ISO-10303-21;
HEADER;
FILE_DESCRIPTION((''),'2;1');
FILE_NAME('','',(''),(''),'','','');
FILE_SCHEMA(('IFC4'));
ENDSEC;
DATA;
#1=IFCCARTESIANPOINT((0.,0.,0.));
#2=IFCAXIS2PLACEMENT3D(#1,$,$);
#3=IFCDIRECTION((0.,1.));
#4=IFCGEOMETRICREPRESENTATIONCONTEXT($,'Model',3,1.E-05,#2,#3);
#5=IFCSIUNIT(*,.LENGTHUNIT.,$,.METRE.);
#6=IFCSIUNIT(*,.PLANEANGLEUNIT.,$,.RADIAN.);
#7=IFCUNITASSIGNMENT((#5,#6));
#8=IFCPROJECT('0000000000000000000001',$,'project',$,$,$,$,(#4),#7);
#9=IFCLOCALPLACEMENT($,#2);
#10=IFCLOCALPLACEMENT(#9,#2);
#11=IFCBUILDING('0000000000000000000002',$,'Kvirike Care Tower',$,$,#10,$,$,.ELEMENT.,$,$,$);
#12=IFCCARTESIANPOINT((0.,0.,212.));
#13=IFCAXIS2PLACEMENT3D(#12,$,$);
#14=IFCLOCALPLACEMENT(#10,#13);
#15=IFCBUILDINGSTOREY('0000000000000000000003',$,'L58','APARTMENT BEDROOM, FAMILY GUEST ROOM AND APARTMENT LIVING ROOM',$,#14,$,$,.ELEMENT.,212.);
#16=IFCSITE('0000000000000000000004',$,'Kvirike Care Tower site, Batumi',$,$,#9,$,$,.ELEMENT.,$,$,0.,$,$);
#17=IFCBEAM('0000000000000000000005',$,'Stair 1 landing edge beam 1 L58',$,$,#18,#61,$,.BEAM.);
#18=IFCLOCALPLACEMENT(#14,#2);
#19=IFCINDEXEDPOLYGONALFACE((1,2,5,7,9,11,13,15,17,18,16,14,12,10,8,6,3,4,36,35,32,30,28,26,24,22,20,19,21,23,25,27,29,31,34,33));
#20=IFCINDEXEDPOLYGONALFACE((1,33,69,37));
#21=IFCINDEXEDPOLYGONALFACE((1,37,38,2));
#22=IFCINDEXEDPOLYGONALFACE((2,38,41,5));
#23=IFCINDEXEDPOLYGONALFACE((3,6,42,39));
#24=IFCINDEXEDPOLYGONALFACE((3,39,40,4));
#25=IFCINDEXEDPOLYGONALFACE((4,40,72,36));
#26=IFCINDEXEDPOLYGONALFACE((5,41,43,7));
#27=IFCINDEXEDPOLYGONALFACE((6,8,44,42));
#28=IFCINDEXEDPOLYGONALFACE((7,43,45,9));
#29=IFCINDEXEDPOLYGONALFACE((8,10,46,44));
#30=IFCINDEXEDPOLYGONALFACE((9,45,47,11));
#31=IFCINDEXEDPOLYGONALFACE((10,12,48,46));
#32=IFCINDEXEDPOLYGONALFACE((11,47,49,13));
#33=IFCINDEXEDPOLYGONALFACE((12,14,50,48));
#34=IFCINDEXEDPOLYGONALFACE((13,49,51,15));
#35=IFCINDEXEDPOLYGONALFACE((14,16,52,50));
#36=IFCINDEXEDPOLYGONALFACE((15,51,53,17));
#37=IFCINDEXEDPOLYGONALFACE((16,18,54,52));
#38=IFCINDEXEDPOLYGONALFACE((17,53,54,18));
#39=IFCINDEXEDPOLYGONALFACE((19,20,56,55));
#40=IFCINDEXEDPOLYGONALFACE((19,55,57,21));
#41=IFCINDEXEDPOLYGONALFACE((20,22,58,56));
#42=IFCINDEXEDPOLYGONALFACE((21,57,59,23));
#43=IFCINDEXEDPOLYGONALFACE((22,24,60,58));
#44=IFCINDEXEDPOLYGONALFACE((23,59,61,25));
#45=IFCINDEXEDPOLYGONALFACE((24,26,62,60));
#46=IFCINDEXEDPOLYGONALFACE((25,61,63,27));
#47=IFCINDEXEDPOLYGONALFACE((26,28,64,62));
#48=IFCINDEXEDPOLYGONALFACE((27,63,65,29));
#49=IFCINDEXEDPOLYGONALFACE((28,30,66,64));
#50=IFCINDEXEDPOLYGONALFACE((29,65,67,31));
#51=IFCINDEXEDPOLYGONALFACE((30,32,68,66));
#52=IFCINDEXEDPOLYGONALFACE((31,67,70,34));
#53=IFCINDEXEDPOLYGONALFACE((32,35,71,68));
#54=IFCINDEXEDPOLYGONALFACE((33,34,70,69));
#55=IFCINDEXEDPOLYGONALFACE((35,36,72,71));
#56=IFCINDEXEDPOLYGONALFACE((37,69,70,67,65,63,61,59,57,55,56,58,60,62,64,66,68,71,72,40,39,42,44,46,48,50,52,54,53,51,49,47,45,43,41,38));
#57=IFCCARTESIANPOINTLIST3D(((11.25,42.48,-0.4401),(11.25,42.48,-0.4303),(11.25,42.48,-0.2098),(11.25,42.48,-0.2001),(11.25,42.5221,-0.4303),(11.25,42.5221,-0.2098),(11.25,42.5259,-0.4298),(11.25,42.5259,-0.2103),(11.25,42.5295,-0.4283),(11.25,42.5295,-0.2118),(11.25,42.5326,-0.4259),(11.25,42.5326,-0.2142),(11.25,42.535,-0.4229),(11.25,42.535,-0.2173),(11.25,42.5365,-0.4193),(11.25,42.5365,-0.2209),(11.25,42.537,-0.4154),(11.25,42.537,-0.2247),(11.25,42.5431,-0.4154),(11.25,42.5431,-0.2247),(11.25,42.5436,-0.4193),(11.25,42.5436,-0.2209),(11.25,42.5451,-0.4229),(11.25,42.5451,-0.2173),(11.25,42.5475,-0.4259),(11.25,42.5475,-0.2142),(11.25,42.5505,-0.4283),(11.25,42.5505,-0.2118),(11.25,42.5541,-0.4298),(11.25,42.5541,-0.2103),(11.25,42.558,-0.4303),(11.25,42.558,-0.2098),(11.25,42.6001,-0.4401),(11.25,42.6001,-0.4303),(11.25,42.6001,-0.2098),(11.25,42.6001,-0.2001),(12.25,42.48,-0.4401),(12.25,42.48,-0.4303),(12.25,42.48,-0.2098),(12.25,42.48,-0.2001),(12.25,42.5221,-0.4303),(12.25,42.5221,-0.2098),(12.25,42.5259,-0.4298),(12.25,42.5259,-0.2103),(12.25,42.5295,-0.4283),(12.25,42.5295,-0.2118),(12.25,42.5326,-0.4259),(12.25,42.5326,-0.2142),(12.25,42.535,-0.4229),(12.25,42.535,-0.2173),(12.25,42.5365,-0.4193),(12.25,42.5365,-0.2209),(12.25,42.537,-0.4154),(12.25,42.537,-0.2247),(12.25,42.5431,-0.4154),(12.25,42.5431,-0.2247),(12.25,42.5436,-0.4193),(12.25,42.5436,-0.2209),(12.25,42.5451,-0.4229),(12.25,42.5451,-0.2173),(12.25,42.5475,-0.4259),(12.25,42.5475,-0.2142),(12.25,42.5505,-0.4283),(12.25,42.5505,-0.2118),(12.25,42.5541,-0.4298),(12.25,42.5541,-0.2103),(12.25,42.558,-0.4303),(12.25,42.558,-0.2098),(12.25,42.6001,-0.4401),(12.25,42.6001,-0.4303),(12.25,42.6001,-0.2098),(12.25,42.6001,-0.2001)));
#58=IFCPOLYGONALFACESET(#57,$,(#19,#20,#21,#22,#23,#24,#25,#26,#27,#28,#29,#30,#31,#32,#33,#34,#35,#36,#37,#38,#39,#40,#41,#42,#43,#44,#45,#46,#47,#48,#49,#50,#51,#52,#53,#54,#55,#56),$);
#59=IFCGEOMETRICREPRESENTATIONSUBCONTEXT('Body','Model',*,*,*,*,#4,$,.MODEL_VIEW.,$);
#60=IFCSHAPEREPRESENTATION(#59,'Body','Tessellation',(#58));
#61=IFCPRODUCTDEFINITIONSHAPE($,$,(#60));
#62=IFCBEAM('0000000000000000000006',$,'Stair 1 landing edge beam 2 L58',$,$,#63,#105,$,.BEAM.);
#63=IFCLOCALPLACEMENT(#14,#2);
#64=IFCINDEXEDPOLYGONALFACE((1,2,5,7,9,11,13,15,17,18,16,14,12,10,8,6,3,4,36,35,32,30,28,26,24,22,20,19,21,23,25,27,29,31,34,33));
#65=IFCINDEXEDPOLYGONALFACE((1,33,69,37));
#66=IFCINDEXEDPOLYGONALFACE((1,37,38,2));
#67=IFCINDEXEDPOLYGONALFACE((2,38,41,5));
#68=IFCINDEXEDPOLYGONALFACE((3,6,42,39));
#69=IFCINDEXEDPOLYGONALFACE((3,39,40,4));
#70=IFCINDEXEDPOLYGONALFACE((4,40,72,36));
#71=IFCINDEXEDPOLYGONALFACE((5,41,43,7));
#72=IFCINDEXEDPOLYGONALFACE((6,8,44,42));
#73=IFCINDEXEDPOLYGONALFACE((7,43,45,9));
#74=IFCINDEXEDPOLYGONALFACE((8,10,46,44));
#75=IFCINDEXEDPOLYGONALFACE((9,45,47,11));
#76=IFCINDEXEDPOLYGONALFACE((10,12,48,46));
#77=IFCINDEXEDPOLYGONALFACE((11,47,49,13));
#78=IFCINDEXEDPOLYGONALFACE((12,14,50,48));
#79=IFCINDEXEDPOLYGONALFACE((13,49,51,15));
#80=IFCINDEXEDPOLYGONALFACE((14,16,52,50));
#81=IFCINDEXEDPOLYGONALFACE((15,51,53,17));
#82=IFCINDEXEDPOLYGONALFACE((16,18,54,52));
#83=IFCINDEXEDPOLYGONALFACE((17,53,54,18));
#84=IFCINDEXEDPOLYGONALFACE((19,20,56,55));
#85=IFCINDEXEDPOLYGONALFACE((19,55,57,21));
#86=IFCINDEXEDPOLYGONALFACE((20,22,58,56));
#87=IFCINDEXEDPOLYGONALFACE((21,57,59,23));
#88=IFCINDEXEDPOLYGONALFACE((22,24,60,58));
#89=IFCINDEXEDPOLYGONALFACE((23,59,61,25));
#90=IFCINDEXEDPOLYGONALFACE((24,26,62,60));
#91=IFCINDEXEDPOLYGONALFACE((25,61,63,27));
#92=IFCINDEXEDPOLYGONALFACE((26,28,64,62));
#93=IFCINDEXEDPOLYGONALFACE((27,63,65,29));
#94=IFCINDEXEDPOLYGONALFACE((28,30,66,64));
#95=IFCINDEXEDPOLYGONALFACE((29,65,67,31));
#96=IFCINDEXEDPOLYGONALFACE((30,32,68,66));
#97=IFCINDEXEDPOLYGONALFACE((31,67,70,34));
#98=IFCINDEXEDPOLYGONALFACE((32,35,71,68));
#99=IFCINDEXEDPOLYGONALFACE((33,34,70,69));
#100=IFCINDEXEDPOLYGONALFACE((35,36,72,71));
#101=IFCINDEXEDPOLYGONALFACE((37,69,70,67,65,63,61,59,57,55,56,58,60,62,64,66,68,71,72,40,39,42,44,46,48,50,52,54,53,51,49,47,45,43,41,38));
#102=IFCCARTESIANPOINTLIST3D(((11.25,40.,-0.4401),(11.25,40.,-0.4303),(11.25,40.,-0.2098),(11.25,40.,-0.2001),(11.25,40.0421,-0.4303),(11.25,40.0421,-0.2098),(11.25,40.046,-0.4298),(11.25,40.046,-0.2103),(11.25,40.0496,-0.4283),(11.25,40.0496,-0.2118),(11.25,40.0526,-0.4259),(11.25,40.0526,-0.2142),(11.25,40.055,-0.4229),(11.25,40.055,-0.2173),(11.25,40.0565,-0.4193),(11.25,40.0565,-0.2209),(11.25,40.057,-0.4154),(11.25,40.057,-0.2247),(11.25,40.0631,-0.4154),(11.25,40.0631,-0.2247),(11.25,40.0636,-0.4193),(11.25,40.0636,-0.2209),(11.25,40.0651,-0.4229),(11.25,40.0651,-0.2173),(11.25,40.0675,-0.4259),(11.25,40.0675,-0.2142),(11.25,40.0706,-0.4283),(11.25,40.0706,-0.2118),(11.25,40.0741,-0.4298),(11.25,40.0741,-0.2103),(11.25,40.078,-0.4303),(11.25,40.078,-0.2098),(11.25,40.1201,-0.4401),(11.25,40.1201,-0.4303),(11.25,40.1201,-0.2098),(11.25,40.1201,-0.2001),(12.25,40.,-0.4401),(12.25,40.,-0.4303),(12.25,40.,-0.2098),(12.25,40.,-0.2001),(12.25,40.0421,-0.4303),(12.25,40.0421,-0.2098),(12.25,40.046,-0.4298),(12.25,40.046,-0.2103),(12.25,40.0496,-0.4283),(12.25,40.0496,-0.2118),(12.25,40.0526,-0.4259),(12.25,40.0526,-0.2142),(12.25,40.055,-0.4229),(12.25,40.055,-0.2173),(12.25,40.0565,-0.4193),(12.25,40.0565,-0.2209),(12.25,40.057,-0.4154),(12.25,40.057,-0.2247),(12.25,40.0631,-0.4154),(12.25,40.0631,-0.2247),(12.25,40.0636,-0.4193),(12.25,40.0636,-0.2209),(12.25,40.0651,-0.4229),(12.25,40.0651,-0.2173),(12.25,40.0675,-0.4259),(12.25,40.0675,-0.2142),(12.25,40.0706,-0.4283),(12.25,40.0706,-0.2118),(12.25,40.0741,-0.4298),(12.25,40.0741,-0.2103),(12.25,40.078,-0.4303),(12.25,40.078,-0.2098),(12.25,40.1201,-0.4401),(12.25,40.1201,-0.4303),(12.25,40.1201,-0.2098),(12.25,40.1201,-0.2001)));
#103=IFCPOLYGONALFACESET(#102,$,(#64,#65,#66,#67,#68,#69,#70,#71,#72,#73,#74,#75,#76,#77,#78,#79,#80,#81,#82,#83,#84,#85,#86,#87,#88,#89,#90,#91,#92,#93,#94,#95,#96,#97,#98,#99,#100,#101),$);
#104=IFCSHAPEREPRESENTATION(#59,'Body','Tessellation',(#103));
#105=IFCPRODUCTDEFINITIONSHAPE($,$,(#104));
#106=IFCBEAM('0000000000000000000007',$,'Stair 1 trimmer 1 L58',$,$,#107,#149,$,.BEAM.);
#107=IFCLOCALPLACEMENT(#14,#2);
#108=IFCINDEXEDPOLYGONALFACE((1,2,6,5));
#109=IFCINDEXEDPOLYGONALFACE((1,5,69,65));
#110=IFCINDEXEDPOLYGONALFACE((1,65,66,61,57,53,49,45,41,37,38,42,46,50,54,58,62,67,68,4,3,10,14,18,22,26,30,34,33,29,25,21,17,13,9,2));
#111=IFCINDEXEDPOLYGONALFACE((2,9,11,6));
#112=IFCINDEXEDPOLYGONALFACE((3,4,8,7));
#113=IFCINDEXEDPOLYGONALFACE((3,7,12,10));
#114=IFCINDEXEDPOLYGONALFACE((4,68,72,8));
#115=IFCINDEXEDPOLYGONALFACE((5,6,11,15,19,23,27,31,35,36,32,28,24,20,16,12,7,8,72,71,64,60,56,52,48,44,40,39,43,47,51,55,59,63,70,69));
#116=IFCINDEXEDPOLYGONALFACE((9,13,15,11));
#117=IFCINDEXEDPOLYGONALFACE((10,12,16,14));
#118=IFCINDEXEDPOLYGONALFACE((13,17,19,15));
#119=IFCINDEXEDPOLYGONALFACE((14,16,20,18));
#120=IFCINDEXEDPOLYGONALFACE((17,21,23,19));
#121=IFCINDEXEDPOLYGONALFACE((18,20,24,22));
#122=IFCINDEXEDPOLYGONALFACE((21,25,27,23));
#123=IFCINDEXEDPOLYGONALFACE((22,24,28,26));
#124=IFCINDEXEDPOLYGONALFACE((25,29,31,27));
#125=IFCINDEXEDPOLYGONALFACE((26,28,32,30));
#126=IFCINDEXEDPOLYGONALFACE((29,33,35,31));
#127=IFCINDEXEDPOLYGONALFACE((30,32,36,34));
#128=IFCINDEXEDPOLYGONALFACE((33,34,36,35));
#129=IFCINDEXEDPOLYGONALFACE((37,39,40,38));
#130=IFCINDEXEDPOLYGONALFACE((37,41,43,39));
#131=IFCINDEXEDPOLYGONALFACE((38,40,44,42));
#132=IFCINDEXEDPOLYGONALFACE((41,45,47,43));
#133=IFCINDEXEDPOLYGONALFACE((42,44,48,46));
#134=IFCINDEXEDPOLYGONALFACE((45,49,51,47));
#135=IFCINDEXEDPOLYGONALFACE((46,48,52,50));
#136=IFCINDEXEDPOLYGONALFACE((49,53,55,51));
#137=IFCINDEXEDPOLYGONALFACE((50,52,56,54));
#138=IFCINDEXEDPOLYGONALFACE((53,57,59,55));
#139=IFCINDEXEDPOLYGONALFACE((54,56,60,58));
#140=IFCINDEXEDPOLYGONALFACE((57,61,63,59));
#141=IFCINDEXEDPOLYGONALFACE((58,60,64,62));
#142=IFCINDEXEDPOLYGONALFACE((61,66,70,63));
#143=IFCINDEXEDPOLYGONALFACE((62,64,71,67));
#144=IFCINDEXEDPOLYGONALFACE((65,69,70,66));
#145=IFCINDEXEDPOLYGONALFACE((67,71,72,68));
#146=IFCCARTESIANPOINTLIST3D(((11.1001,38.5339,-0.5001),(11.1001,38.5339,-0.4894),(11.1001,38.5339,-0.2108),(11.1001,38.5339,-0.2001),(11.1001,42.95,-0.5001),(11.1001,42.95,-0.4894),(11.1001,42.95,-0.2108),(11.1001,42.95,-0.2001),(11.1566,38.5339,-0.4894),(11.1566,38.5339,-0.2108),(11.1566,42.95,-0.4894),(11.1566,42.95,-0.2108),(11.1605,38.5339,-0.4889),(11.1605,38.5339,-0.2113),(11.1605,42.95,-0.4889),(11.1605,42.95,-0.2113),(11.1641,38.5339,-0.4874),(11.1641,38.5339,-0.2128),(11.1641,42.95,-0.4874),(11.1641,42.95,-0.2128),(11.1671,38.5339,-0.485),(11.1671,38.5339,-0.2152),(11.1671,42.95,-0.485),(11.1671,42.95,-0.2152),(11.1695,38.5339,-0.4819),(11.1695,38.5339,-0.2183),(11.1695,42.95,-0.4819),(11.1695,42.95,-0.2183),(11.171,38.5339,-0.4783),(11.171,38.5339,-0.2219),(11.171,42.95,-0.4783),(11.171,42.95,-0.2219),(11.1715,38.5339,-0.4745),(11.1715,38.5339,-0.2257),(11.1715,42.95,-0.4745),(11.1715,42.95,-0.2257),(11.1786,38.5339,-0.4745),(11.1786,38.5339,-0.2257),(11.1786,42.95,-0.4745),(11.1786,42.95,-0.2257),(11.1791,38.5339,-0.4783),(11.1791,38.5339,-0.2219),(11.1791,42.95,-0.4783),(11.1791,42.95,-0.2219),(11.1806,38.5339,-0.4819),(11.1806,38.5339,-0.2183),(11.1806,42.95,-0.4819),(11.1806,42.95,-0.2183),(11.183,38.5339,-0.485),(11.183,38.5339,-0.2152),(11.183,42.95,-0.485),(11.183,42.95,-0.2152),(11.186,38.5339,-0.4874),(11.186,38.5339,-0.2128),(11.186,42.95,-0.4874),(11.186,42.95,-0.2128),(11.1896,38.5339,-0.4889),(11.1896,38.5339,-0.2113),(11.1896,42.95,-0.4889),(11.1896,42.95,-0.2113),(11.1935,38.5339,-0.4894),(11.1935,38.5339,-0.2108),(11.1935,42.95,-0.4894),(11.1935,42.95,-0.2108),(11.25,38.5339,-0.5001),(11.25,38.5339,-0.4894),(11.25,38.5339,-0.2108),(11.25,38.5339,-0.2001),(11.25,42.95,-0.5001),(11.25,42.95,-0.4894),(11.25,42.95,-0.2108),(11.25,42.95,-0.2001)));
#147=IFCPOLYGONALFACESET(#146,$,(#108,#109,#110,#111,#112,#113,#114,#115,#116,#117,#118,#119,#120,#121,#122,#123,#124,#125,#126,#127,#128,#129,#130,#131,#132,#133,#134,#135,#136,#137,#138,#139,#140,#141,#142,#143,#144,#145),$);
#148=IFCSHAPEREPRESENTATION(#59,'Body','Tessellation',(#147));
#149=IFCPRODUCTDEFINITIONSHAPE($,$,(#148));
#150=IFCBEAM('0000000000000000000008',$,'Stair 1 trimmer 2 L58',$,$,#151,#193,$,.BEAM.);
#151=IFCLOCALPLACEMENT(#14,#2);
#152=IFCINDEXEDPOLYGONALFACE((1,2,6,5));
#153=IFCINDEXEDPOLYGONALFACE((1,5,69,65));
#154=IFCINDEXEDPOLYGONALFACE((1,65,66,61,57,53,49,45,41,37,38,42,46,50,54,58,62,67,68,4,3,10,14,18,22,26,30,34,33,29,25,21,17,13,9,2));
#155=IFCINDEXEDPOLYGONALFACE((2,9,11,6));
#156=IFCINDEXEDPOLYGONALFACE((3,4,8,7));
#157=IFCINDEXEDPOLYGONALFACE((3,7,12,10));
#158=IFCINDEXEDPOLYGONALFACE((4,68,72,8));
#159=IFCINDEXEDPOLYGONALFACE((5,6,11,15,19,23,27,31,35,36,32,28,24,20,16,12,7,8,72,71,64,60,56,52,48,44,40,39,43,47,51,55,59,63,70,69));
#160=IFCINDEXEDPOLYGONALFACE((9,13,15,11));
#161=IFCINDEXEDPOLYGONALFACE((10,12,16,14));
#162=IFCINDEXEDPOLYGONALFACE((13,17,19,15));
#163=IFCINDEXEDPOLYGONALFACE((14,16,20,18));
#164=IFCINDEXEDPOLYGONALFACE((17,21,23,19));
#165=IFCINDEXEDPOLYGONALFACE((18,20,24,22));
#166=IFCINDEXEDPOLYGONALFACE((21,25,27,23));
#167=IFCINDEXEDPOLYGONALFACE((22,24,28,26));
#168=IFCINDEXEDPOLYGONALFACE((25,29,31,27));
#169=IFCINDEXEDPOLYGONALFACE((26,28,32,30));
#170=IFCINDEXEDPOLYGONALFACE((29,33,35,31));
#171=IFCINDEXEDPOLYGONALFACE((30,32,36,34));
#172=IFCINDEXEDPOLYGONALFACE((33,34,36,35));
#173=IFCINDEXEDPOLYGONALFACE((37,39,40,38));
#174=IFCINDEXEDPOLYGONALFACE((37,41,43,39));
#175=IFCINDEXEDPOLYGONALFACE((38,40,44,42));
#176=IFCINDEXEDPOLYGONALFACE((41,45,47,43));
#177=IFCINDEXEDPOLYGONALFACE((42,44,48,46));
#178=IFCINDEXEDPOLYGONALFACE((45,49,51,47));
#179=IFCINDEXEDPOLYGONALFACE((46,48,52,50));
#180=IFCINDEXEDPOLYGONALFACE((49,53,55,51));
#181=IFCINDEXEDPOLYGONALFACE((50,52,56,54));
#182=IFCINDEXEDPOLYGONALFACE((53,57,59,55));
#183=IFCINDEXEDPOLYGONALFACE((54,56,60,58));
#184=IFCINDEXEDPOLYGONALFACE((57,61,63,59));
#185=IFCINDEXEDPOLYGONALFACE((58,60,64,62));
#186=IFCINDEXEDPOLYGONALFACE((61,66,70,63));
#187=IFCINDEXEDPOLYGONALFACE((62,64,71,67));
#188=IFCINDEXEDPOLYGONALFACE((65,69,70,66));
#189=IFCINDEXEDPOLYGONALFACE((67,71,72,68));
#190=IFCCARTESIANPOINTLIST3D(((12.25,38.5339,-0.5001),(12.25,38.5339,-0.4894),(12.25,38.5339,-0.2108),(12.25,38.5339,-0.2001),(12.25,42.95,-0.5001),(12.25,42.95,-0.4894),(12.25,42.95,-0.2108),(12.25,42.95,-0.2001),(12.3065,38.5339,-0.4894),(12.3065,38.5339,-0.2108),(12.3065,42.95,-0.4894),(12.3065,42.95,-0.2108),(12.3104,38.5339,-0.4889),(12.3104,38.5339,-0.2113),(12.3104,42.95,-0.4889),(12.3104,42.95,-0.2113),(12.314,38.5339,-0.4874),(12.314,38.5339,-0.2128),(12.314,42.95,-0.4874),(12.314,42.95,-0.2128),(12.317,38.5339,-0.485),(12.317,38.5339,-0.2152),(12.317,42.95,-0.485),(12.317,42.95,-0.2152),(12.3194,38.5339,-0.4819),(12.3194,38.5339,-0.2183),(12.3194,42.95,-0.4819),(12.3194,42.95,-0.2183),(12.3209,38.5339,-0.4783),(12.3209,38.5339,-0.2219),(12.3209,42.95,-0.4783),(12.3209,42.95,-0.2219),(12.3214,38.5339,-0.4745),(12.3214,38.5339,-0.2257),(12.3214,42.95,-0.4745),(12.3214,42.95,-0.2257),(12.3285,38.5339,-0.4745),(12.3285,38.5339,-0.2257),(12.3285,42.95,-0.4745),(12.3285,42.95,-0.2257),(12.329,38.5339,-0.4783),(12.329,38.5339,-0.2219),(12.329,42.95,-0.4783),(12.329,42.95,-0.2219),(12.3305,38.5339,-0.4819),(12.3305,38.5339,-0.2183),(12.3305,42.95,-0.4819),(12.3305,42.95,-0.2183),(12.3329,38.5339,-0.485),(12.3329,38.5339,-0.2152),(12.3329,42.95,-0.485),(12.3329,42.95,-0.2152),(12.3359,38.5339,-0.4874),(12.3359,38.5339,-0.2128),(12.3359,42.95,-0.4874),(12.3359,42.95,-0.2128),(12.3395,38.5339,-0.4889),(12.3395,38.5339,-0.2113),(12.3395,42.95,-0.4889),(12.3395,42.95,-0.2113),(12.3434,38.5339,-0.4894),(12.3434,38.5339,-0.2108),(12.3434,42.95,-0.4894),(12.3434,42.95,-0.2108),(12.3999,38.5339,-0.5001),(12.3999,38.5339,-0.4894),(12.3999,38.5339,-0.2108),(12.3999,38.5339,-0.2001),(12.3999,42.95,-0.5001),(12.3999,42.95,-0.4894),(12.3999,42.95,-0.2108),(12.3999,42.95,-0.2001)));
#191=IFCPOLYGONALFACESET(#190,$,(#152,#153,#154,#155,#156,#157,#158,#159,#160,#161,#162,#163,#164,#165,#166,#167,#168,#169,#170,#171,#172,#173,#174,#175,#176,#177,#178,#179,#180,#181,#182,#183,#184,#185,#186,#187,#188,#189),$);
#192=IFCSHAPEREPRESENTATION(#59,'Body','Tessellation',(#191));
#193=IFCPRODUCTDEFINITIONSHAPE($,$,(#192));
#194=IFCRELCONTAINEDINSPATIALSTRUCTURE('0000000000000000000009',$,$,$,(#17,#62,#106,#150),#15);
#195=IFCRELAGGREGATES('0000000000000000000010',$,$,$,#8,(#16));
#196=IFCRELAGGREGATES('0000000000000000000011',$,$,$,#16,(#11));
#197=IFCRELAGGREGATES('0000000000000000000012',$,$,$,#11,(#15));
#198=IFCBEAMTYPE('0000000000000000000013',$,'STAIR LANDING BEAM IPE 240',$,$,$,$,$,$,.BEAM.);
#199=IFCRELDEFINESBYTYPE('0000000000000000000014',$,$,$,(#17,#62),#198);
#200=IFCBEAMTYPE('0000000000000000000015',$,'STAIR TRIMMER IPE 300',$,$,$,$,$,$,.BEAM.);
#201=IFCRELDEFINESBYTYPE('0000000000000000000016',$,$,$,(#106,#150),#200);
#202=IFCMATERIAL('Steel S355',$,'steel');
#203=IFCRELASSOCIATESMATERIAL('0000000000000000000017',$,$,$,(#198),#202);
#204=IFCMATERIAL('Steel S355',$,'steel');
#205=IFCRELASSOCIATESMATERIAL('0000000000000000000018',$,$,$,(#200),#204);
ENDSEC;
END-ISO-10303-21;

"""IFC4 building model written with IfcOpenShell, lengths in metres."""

from ifc_helpers import new_model, si_unit, direction, frame, origin, origin_2d, place, context, subcontext, project, spatial, i_section, extrude, material, material_profile, profile_set, type_object, element, save


model = new_model("IFC4")

# Units and contexts
model_context = context("Model", 3, precision=1e-05, world=origin(), true_north=direction((0.0, 1.0)))
body_context = subcontext(model_context, "Body", "Model", "MODEL_VIEW")
ifc_project = project(units=[si_unit("LENGTHUNIT", "METRE"), si_unit("PLANEANGLEUNIT", "RADIAN")], contexts=[model_context])

# Site, building, storey
site_placement = place(None, origin())
site = spatial("IfcSite", under=ifc_project, at=site_placement, Name="Kvirike Care Tower site, Batumi", CompositionType="ELEMENT", RefElevation=0.0)
building_placement = place(site_placement, origin())
building = spatial("IfcBuilding", under=site, at=building_placement, Name="Kvirike Care Tower", CompositionType="ELEMENT")
storey_placement = place(building_placement, frame((0.0, 0.0, 212.0)))
storey = spatial("IfcBuildingStorey", under=building, at=storey_placement, Name="L58", Description="APARTMENT BEDROOM, FAMILY GUEST ROOM AND APARTMENT LIVING ROOM", CompositionType="ELEMENT", Elevation=212.0)

# Beams
ifc_material_1 = material(Name="Steel S355", Category="steel")
ifc_material_profile_1 = material_profile(ifc_material_1, i_section(OverallWidth=0.1201, OverallDepth=0.24, WebThickness=0.0061, FlangeThickness=0.0098, FilletRadius=0.0149, at=origin_2d()), Name="IPE 240")
ifc_profile_set_1 = profile_set([ifc_material_profile_1], Name="Steel S355")
beam_type_1 = type_object("IfcBeamType", Name="STAIR LANDING BEAM IPE 240", PredefinedType="BEAM", material=ifc_profile_set_1)
for number, where, z_axis, x_axis, name in (
    (1, (11.25, 42.54, -0.3201), (1.0, 0.0, 0.0), (0.0, 1.0, 0.0), "Stair 1 landing edge beam 1 L58"),
    (2, (11.25, 40.0601, -0.3201), (1.0, 0.0, 0.0), (0.0, 1.0, 0.0), "Stair 1 landing edge beam 2 L58"),
):
    element("IfcBeam", number, at=place(storey_placement, frame(where, z_axis=z_axis, x_axis=x_axis)), inside=storey, type_object=beam_type_1, Name=name, PredefinedType="BEAM", context=body_context, shape_type="SweptSolid", body=[
        extrude(i_section(OverallWidth=0.1201, OverallDepth=0.24, WebThickness=0.0061, FlangeThickness=0.0098, FilletRadius=0.0149, at=origin_2d()), origin(), (0.0, 0.0, 1.0), 1.0),
    ])
ifc_material_2 = material(Name="Steel S355", Category="steel")
ifc_material_profile_2 = material_profile(ifc_material_2, i_section(OverallWidth=0.1499, OverallDepth=0.3, WebThickness=0.0071, FlangeThickness=0.0107, FilletRadius=0.0149, at=origin_2d()), Name="IPE 300")
ifc_profile_set_2 = profile_set([ifc_material_profile_2], Name="Steel S355")
beam_type_2 = type_object("IfcBeamType", Name="STAIR TRIMMER IPE 300", PredefinedType="BEAM", material=ifc_profile_set_2)
for number, where, z_axis, x_axis, name in (
    (3, (11.175, 42.95, -0.3501), (0.0, -1.0, 0.0), (1.0, 0.0, 0.0), "Stair 1 trimmer 1 L58"),
    (4, (12.325, 42.95, -0.3501), (0.0, -1.0, 0.0), (1.0, 0.0, 0.0), "Stair 1 trimmer 2 L58"),
):
    element("IfcBeam", number, at=place(storey_placement, frame(where, z_axis=z_axis, x_axis=x_axis)), inside=storey, type_object=beam_type_2, Name=name, PredefinedType="BEAM", context=body_context, shape_type="SweptSolid", body=[
        extrude(i_section(OverallWidth=0.1499, OverallDepth=0.3, WebThickness=0.0071, FlangeThickness=0.0107, FilletRadius=0.0149, at=origin_2d()), origin(), (0.0, 0.0, 1.0), 4.416),
    ])

save(model, "model.ifc")
